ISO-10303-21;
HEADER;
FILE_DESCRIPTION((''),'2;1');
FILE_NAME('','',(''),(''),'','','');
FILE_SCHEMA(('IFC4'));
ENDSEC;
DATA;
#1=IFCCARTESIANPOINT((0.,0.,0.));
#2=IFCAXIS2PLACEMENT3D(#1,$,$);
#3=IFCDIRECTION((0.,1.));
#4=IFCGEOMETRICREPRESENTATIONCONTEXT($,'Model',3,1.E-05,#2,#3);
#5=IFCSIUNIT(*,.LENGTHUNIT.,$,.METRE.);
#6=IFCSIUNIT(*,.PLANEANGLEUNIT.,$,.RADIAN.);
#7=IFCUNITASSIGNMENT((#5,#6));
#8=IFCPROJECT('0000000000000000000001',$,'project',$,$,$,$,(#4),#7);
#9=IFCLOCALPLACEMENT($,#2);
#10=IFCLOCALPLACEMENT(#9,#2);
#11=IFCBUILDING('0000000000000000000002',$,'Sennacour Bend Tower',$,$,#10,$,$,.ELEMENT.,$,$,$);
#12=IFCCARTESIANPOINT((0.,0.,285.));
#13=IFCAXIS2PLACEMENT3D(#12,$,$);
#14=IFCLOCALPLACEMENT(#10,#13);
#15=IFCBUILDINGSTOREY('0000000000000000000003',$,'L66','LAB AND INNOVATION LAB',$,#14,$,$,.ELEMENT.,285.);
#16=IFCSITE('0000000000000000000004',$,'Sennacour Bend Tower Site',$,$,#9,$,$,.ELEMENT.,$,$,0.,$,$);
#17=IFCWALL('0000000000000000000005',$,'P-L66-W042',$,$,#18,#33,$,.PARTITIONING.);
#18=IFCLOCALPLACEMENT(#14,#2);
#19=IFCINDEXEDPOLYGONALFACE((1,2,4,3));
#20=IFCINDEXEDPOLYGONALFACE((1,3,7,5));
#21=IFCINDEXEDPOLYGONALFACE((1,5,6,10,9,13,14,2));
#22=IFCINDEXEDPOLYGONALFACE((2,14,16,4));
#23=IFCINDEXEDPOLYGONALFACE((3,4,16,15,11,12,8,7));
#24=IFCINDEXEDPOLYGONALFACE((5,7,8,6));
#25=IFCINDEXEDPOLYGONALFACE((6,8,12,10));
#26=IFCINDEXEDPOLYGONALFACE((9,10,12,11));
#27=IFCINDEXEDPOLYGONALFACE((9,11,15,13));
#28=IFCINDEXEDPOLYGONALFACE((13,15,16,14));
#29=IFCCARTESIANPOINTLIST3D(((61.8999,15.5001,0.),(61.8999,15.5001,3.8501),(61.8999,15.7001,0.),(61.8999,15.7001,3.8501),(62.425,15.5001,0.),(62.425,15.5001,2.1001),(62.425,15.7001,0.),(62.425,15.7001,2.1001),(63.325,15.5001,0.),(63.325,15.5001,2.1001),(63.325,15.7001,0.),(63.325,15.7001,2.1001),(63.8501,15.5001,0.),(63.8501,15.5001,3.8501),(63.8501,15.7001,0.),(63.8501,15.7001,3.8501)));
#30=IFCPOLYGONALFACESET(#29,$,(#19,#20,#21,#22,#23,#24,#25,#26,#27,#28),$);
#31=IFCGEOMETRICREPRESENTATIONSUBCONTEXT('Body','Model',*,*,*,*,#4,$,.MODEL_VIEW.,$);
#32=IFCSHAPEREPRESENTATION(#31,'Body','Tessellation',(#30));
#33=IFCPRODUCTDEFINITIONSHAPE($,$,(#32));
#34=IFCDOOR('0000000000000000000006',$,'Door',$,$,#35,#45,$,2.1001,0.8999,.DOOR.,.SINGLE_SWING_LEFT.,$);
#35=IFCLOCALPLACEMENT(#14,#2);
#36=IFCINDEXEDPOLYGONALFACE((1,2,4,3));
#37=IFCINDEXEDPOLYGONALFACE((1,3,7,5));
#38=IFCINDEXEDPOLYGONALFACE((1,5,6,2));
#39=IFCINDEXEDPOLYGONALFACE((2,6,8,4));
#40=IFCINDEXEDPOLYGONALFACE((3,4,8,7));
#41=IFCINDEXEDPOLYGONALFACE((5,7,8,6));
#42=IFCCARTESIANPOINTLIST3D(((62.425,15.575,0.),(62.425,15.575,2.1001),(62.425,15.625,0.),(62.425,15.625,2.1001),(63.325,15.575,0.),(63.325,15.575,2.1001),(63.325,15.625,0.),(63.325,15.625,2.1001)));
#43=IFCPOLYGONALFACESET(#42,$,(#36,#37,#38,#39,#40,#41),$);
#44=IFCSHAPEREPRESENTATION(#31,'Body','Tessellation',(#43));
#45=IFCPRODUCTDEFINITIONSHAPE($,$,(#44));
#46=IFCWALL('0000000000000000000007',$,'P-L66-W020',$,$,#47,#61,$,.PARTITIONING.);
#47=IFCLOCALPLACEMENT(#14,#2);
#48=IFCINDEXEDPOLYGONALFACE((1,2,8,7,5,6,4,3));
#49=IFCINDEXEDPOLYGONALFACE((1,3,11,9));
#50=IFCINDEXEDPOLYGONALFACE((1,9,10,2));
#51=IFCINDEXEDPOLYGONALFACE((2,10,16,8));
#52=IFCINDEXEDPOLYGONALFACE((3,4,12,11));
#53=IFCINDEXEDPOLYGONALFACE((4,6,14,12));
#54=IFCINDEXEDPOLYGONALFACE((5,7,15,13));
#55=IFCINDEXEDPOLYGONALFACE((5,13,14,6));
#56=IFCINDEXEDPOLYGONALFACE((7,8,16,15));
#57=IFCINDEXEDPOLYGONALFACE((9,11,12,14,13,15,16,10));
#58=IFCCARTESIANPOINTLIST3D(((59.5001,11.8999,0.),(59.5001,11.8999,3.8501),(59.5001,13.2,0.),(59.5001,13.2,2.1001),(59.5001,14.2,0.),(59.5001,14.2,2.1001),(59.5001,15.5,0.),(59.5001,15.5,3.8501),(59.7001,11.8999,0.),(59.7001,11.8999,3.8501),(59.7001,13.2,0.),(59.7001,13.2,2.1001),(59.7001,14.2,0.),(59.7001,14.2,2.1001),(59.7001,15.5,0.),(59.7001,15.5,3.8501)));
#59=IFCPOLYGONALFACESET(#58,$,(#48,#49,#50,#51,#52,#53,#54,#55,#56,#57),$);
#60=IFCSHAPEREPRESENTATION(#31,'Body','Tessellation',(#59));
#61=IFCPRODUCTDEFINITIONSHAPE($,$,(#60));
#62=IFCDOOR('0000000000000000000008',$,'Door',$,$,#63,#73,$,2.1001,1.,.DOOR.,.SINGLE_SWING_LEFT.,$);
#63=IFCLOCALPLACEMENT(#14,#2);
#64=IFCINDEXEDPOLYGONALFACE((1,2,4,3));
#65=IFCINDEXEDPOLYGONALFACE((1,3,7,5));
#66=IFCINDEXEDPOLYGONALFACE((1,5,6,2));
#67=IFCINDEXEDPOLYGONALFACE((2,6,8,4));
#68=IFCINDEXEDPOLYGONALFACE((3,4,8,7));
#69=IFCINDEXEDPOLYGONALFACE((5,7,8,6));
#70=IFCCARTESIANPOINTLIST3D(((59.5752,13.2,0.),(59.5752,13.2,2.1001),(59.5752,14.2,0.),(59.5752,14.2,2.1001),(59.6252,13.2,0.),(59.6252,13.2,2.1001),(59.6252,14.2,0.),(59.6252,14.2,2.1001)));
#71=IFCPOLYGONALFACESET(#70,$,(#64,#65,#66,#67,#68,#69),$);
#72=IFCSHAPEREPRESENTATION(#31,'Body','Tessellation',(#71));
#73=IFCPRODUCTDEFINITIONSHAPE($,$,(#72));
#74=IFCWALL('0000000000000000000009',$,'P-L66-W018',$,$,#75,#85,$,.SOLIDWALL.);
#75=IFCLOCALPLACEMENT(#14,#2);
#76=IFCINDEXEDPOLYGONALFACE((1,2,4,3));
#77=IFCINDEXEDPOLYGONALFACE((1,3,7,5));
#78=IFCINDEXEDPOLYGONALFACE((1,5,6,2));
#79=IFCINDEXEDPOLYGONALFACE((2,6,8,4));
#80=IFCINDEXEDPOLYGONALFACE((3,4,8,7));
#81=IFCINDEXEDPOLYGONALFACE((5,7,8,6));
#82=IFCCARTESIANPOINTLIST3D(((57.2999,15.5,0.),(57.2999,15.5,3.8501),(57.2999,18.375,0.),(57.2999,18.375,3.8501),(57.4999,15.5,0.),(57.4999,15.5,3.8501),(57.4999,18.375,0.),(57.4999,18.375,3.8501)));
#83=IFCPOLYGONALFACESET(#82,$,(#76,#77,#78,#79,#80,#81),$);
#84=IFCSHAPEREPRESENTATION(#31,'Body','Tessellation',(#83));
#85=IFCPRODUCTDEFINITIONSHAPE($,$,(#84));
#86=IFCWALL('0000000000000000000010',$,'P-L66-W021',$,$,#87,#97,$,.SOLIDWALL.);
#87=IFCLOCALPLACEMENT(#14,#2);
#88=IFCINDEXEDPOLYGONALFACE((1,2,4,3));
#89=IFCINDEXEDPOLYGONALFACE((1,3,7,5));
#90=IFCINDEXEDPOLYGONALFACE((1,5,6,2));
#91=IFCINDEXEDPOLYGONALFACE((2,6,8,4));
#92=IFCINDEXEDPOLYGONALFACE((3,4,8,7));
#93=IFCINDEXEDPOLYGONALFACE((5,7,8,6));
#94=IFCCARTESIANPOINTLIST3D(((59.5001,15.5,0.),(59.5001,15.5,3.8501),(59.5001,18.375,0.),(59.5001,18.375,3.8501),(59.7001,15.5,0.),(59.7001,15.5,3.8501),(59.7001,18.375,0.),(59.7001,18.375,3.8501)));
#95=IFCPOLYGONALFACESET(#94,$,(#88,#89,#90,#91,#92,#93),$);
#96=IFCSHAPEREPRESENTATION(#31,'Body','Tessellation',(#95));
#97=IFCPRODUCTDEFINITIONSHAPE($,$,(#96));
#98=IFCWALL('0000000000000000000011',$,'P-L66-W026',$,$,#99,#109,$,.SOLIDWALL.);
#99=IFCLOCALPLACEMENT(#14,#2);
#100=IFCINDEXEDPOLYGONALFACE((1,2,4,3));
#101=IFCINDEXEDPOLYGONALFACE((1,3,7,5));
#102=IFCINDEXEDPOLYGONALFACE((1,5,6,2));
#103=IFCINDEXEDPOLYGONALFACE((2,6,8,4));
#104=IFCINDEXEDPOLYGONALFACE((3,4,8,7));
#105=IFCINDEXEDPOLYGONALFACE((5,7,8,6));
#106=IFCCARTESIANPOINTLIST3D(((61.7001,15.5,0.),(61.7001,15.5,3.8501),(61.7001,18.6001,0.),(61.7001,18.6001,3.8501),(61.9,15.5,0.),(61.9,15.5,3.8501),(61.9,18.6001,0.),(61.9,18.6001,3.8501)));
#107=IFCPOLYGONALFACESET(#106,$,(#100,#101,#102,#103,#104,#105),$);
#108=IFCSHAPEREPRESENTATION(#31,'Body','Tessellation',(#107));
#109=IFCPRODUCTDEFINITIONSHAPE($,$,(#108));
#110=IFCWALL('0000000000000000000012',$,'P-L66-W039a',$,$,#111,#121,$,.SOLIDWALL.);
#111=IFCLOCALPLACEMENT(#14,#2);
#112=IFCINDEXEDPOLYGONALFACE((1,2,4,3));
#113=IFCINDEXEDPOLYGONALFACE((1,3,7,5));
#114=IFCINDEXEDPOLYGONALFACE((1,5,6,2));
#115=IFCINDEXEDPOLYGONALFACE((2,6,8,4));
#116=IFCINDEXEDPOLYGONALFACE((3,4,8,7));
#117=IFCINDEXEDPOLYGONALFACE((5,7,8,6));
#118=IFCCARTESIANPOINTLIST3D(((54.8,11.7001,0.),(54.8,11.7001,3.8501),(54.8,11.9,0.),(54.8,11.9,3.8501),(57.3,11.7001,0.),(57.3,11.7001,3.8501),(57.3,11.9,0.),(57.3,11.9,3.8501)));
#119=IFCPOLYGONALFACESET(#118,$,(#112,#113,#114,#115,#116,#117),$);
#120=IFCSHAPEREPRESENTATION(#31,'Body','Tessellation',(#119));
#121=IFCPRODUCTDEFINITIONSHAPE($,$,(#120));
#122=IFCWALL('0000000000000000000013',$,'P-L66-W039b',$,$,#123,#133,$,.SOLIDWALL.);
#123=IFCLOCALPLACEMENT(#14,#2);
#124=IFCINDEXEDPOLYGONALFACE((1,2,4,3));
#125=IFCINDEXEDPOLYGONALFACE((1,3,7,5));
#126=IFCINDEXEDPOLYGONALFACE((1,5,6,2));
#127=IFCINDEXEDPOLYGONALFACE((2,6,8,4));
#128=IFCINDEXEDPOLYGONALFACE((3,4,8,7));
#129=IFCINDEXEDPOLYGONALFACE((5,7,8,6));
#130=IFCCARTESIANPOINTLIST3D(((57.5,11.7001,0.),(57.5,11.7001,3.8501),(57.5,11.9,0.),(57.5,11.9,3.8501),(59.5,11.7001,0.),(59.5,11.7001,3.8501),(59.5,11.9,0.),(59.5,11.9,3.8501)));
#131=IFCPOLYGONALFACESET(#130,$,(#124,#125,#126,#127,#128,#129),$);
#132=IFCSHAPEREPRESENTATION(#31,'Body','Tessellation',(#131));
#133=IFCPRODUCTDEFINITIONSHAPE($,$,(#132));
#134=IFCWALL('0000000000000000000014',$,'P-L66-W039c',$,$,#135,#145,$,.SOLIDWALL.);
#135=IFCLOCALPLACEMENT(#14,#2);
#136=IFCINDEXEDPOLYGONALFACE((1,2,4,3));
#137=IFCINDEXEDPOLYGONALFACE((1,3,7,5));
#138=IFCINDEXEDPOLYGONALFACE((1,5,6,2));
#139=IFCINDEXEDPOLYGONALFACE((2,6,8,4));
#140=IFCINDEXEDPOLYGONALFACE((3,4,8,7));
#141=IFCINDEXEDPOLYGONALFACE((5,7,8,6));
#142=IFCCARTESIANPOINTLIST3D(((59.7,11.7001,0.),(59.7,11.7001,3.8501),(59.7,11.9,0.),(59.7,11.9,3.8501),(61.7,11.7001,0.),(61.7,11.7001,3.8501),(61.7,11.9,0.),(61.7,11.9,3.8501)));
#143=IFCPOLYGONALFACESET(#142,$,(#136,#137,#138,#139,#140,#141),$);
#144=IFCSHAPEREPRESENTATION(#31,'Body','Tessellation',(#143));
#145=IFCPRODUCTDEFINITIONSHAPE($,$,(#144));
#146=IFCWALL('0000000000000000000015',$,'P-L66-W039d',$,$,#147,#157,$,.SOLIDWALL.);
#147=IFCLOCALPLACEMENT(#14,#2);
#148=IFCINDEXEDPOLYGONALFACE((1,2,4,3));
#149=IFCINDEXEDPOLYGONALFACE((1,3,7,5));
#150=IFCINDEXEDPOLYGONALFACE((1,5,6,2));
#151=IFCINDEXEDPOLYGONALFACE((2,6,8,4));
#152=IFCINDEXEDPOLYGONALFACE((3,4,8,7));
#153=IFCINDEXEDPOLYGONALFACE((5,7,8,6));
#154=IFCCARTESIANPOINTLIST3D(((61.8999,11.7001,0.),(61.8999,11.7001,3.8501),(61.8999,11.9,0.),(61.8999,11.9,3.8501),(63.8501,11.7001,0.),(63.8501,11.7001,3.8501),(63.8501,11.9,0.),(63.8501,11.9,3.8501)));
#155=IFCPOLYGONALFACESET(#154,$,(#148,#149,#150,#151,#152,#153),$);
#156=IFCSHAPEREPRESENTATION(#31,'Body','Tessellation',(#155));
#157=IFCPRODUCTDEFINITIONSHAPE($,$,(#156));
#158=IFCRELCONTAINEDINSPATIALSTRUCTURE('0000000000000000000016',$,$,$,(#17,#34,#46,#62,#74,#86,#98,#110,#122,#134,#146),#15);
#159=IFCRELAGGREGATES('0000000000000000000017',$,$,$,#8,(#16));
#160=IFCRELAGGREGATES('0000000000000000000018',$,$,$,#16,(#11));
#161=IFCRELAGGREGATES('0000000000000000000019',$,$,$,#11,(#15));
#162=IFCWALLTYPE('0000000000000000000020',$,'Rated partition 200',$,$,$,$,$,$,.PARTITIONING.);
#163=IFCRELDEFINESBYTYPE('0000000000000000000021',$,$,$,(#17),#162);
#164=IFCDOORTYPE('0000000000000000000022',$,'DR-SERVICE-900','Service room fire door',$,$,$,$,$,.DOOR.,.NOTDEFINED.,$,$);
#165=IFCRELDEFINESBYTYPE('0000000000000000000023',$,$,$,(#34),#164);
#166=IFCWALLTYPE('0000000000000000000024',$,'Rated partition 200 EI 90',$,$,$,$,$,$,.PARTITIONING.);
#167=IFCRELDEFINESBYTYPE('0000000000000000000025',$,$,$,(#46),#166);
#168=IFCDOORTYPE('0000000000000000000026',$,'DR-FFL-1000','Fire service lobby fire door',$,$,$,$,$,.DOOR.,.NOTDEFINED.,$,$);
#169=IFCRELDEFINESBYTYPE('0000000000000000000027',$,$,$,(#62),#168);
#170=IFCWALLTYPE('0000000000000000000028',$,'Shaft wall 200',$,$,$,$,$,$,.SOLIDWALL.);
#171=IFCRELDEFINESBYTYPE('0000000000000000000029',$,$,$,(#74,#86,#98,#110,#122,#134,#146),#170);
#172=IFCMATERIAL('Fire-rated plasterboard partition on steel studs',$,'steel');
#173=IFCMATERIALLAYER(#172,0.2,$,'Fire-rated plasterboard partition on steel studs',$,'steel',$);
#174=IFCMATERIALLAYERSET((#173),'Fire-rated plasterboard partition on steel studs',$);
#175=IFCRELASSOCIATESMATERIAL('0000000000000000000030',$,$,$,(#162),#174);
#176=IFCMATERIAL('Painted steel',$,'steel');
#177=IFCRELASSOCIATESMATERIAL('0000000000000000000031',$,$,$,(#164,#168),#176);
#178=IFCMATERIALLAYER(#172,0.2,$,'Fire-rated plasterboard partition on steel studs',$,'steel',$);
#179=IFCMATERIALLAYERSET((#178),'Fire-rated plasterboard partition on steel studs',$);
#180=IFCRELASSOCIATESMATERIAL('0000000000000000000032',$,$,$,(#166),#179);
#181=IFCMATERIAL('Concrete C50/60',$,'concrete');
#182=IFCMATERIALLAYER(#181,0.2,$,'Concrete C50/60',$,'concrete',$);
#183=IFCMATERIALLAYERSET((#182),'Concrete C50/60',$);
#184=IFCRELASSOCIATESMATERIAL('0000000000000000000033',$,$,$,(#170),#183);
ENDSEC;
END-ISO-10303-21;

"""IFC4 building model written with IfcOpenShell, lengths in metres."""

from ifc_helpers import new_model, si_unit, direction, frame, frame_2d, origin, place, context, subcontext, project, spatial, rectangle, extrude, material, layer, layer_set, type_object, element, fill, save


model = new_model("IFC4")

# Units and contexts
model_context = context("Model", 3, precision=1e-05, world=origin(), true_north=direction((0.0, 1.0)))
body_context = subcontext(model_context, "Body", "Model", "MODEL_VIEW")
ifc_project = project(units=[si_unit("LENGTHUNIT", "METRE"), si_unit("PLANEANGLEUNIT", "RADIAN")], contexts=[model_context])

# Site, building, storey
site_placement = place(None, origin())
site = spatial("IfcSite", under=ifc_project, at=site_placement, Name="Sennacour Bend Tower Site", CompositionType="ELEMENT", RefElevation=0.0)
building_placement = place(site_placement, origin())
building = spatial("IfcBuilding", under=site, at=building_placement, Name="Sennacour Bend Tower", CompositionType="ELEMENT")
storey_placement = place(building_placement, frame((0.0, 0.0, 285.0)))
storey = spatial("IfcBuildingStorey", under=building, at=storey_placement, Name="L66", Description="LAB AND INNOVATION LAB", CompositionType="ELEMENT", Elevation=285.0)

# Walls, openings, doors
ifc_material_1 = material(Name="Fire-rated plasterboard partition on steel studs", Category="steel")
ifc_layer_1 = layer(ifc_material_1, 0.2, Name="Fire-rated plasterboard partition on steel studs", Category="steel")
ifc_layer_set_1 = layer_set([ifc_layer_1], Name="Fire-rated plasterboard partition on steel studs")
wall_type_1 = type_object("IfcWallType", Name="Rated partition 200", PredefinedType="PARTITIONING", material=ifc_layer_set_1)
wall_1_placement = place(storey_placement, frame((61.8999, 15.6001, 0.0), z_axis=(0.0, 0.0, 1.0), x_axis=(1.0, 0.0, 0.0)))
wall_1 = element("IfcWall", 1, at=wall_1_placement, inside=storey, type_object=wall_type_1, Name="P-L66-W042", PredefinedType="PARTITIONING", context=body_context, shape_type="SweptSolid", body=[
    extrude(rectangle(XDim=1.9502, YDim=0.2, at=frame_2d((0.9751, 0.0))), origin(), (0.0, 0.0, 1.0), 3.8501),
])
opening_1_placement = place(wall_1_placement, frame((0.5251, 0.0, 0.0)))
opening_1 = element("IfcOpeningElement", 2, at=opening_1_placement, cuts=wall_1, PredefinedType="OPENING", context=body_context, shape_type="SweptSolid", body=[
    extrude(rectangle(XDim=0.8999, YDim=2.1001, at=frame_2d((0.45, 1.05))), frame((0.0, 0.1099, 0.0), z_axis=(0.0, -1.0, 0.0), x_axis=(1.0, 0.0, 0.0)), (0.0, 0.0, 1.0), 0.22),
])
ifc_material_2 = material(Name="Painted steel", Category="steel")
door_type_1 = type_object("IfcDoorType", Name="DR-SERVICE-900", Description="Service room fire door", OperationType="NOTDEFINED", PredefinedType="DOOR", material=ifc_material_2)
door_1_placement = place(opening_1_placement, origin())
door_1 = element("IfcDoor", 3, at=door_1_placement, inside=storey, type_object=door_type_1, Name="Door", OperationType="SINGLE_SWING_LEFT", OverallHeight=2.1001, OverallWidth=0.8999, PredefinedType="DOOR", context=body_context, shape_type="SweptSolid", body=[
    extrude(rectangle(XDim=0.8999, YDim=2.1001, at=frame_2d((0.45, 1.05))), frame((0.0, 0.0249, 0.0), z_axis=(0.0, -1.0, 0.0), x_axis=(1.0, 0.0, 0.0)), (0.0, 0.0, 1.0), 0.05),
])
fill(opening_1, door_1)
ifc_layer_2 = layer(ifc_material_1, 0.2, Name="Fire-rated plasterboard partition on steel studs", Category="steel")
ifc_layer_set_2 = layer_set([ifc_layer_2], Name="Fire-rated plasterboard partition on steel studs")
wall_type_2 = type_object("IfcWallType", Name="Rated partition 200 EI 90", PredefinedType="PARTITIONING", material=ifc_layer_set_2)
wall_2_placement = place(storey_placement, frame((59.6001, 11.8999, 0.0), z_axis=(0.0, 0.0, 1.0), x_axis=(0.0, 1.0, 0.0)))
wall_2 = element("IfcWall", 4, at=wall_2_placement, inside=storey, type_object=wall_type_2, Name="P-L66-W020", PredefinedType="PARTITIONING", context=body_context, shape_type="SweptSolid", body=[
    extrude(rectangle(XDim=3.6001, YDim=0.2, at=frame_2d((1.8, 0.0))), origin(), (0.0, 0.0, 1.0), 3.8501),
])
opening_2_placement = place(wall_2_placement, frame((1.3, 0.0, 0.0)))
opening_2 = element("IfcOpeningElement", 5, at=opening_2_placement, cuts=wall_2, PredefinedType="OPENING", context=body_context, shape_type="SweptSolid", body=[
    extrude(rectangle(XDim=1.0, YDim=2.1001, at=frame_2d((0.5, 1.05))), frame((0.0, 0.1099, 0.0), z_axis=(0.0, -1.0, 0.0), x_axis=(1.0, 0.0, 0.0)), (0.0, 0.0, 1.0), 0.22),
])
door_type_2 = type_object("IfcDoorType", Name="DR-FFL-1000", Description="Fire service lobby fire door", OperationType="NOTDEFINED", PredefinedType="DOOR", material=ifc_material_2)
door_2_placement = place(opening_2_placement, origin())
door_2 = element("IfcDoor", 6, at=door_2_placement, inside=storey, type_object=door_type_2, Name="Door", OperationType="SINGLE_SWING_LEFT", OverallHeight=2.1001, OverallWidth=1.0, PredefinedType="DOOR", context=body_context, shape_type="SweptSolid", body=[
    extrude(rectangle(XDim=1.0, YDim=2.1001, at=frame_2d((0.5, 1.05))), frame((0.0, 0.0249, 0.0), z_axis=(0.0, -1.0, 0.0), x_axis=(1.0, 0.0, 0.0)), (0.0, 0.0, 1.0), 0.05),
])
fill(opening_2, door_2)

# Walls
ifc_material_3 = material(Name="Concrete C50/60", Category="concrete")
ifc_layer_3 = layer(ifc_material_3, 0.2, Name="Concrete C50/60", Category="concrete")
ifc_layer_set_3 = layer_set([ifc_layer_3], Name="Concrete C50/60")
wall_type_3 = type_object("IfcWallType", Name="Shaft wall 200", PredefinedType="SOLIDWALL", material=ifc_layer_set_3)
for number, where, z_axis, x_axis, name in (
    (7, (57.3999, 15.5, 0.0), (0.0, 0.0, 1.0), (0.0, 1.0, 0.0), "P-L66-W018"),
    (8, (59.6001, 15.5, 0.0), (0.0, 0.0, 1.0), (0.0, 1.0, 0.0), "P-L66-W021"),
):
    element("IfcWall", number, at=place(storey_placement, frame(where, z_axis=z_axis, x_axis=x_axis)), inside=storey, type_object=wall_type_3, Name=name, PredefinedType="SOLIDWALL", context=body_context, shape_type="SweptSolid", body=[
        extrude(rectangle(XDim=2.875, YDim=0.2, at=frame_2d((1.4375, 0.0))), origin(), (0.0, 0.0, 1.0), 3.8501),
    ])
wall_3_placement = place(storey_placement, frame((61.8, 15.5, 0.0), z_axis=(0.0, 0.0, 1.0), x_axis=(0.0, 1.0, 0.0)))
element("IfcWall", 9, at=wall_3_placement, inside=storey, type_object=wall_type_3, Name="P-L66-W026", PredefinedType="SOLIDWALL", context=body_context, shape_type="SweptSolid", body=[
    extrude(rectangle(XDim=3.1001, YDim=0.2, at=frame_2d((1.55, 0.0))), origin(), (0.0, 0.0, 1.0), 3.8501),
])
wall_4_placement = place(storey_placement, frame((54.8, 11.8, 0.0), z_axis=(0.0, 0.0, 1.0), x_axis=(1.0, 0.0, 0.0)))
element("IfcWall", 10, at=wall_4_placement, inside=storey, type_object=wall_type_3, Name="P-L66-W039a", PredefinedType="SOLIDWALL", context=body_context, shape_type="SweptSolid", body=[
    extrude(rectangle(XDim=2.5, YDim=0.2, at=frame_2d((1.25, 0.0))), origin(), (0.0, 0.0, 1.0), 3.8501),
])
for number, where, z_axis, x_axis, name in (
    (11, (57.5, 11.8, 0.0), (0.0, 0.0, 1.0), (1.0, 0.0, 0.0), "P-L66-W039b"),
    (12, (59.7, 11.8, 0.0), (0.0, 0.0, 1.0), (1.0, 0.0, 0.0), "P-L66-W039c"),
):
    element("IfcWall", number, at=place(storey_placement, frame(where, z_axis=z_axis, x_axis=x_axis)), inside=storey, type_object=wall_type_3, Name=name, PredefinedType="SOLIDWALL", context=body_context, shape_type="SweptSolid", body=[
        extrude(rectangle(XDim=2.0, YDim=0.2, at=frame_2d((1.0, 0.0))), origin(), (0.0, 0.0, 1.0), 3.8501),
    ])
wall_5_placement = place(storey_placement, frame((61.8999, 11.8, 0.0), z_axis=(0.0, 0.0, 1.0), x_axis=(1.0, 0.0, 0.0)))
element("IfcWall", 13, at=wall_5_placement, inside=storey, type_object=wall_type_3, Name="P-L66-W039d", PredefinedType="SOLIDWALL", context=body_context, shape_type="SweptSolid", body=[
    extrude(rectangle(XDim=1.9502, YDim=0.2, at=frame_2d((0.9751, 0.0))), origin(), (0.0, 0.0, 1.0), 3.8501),
])

save(model, "model.ifc")
